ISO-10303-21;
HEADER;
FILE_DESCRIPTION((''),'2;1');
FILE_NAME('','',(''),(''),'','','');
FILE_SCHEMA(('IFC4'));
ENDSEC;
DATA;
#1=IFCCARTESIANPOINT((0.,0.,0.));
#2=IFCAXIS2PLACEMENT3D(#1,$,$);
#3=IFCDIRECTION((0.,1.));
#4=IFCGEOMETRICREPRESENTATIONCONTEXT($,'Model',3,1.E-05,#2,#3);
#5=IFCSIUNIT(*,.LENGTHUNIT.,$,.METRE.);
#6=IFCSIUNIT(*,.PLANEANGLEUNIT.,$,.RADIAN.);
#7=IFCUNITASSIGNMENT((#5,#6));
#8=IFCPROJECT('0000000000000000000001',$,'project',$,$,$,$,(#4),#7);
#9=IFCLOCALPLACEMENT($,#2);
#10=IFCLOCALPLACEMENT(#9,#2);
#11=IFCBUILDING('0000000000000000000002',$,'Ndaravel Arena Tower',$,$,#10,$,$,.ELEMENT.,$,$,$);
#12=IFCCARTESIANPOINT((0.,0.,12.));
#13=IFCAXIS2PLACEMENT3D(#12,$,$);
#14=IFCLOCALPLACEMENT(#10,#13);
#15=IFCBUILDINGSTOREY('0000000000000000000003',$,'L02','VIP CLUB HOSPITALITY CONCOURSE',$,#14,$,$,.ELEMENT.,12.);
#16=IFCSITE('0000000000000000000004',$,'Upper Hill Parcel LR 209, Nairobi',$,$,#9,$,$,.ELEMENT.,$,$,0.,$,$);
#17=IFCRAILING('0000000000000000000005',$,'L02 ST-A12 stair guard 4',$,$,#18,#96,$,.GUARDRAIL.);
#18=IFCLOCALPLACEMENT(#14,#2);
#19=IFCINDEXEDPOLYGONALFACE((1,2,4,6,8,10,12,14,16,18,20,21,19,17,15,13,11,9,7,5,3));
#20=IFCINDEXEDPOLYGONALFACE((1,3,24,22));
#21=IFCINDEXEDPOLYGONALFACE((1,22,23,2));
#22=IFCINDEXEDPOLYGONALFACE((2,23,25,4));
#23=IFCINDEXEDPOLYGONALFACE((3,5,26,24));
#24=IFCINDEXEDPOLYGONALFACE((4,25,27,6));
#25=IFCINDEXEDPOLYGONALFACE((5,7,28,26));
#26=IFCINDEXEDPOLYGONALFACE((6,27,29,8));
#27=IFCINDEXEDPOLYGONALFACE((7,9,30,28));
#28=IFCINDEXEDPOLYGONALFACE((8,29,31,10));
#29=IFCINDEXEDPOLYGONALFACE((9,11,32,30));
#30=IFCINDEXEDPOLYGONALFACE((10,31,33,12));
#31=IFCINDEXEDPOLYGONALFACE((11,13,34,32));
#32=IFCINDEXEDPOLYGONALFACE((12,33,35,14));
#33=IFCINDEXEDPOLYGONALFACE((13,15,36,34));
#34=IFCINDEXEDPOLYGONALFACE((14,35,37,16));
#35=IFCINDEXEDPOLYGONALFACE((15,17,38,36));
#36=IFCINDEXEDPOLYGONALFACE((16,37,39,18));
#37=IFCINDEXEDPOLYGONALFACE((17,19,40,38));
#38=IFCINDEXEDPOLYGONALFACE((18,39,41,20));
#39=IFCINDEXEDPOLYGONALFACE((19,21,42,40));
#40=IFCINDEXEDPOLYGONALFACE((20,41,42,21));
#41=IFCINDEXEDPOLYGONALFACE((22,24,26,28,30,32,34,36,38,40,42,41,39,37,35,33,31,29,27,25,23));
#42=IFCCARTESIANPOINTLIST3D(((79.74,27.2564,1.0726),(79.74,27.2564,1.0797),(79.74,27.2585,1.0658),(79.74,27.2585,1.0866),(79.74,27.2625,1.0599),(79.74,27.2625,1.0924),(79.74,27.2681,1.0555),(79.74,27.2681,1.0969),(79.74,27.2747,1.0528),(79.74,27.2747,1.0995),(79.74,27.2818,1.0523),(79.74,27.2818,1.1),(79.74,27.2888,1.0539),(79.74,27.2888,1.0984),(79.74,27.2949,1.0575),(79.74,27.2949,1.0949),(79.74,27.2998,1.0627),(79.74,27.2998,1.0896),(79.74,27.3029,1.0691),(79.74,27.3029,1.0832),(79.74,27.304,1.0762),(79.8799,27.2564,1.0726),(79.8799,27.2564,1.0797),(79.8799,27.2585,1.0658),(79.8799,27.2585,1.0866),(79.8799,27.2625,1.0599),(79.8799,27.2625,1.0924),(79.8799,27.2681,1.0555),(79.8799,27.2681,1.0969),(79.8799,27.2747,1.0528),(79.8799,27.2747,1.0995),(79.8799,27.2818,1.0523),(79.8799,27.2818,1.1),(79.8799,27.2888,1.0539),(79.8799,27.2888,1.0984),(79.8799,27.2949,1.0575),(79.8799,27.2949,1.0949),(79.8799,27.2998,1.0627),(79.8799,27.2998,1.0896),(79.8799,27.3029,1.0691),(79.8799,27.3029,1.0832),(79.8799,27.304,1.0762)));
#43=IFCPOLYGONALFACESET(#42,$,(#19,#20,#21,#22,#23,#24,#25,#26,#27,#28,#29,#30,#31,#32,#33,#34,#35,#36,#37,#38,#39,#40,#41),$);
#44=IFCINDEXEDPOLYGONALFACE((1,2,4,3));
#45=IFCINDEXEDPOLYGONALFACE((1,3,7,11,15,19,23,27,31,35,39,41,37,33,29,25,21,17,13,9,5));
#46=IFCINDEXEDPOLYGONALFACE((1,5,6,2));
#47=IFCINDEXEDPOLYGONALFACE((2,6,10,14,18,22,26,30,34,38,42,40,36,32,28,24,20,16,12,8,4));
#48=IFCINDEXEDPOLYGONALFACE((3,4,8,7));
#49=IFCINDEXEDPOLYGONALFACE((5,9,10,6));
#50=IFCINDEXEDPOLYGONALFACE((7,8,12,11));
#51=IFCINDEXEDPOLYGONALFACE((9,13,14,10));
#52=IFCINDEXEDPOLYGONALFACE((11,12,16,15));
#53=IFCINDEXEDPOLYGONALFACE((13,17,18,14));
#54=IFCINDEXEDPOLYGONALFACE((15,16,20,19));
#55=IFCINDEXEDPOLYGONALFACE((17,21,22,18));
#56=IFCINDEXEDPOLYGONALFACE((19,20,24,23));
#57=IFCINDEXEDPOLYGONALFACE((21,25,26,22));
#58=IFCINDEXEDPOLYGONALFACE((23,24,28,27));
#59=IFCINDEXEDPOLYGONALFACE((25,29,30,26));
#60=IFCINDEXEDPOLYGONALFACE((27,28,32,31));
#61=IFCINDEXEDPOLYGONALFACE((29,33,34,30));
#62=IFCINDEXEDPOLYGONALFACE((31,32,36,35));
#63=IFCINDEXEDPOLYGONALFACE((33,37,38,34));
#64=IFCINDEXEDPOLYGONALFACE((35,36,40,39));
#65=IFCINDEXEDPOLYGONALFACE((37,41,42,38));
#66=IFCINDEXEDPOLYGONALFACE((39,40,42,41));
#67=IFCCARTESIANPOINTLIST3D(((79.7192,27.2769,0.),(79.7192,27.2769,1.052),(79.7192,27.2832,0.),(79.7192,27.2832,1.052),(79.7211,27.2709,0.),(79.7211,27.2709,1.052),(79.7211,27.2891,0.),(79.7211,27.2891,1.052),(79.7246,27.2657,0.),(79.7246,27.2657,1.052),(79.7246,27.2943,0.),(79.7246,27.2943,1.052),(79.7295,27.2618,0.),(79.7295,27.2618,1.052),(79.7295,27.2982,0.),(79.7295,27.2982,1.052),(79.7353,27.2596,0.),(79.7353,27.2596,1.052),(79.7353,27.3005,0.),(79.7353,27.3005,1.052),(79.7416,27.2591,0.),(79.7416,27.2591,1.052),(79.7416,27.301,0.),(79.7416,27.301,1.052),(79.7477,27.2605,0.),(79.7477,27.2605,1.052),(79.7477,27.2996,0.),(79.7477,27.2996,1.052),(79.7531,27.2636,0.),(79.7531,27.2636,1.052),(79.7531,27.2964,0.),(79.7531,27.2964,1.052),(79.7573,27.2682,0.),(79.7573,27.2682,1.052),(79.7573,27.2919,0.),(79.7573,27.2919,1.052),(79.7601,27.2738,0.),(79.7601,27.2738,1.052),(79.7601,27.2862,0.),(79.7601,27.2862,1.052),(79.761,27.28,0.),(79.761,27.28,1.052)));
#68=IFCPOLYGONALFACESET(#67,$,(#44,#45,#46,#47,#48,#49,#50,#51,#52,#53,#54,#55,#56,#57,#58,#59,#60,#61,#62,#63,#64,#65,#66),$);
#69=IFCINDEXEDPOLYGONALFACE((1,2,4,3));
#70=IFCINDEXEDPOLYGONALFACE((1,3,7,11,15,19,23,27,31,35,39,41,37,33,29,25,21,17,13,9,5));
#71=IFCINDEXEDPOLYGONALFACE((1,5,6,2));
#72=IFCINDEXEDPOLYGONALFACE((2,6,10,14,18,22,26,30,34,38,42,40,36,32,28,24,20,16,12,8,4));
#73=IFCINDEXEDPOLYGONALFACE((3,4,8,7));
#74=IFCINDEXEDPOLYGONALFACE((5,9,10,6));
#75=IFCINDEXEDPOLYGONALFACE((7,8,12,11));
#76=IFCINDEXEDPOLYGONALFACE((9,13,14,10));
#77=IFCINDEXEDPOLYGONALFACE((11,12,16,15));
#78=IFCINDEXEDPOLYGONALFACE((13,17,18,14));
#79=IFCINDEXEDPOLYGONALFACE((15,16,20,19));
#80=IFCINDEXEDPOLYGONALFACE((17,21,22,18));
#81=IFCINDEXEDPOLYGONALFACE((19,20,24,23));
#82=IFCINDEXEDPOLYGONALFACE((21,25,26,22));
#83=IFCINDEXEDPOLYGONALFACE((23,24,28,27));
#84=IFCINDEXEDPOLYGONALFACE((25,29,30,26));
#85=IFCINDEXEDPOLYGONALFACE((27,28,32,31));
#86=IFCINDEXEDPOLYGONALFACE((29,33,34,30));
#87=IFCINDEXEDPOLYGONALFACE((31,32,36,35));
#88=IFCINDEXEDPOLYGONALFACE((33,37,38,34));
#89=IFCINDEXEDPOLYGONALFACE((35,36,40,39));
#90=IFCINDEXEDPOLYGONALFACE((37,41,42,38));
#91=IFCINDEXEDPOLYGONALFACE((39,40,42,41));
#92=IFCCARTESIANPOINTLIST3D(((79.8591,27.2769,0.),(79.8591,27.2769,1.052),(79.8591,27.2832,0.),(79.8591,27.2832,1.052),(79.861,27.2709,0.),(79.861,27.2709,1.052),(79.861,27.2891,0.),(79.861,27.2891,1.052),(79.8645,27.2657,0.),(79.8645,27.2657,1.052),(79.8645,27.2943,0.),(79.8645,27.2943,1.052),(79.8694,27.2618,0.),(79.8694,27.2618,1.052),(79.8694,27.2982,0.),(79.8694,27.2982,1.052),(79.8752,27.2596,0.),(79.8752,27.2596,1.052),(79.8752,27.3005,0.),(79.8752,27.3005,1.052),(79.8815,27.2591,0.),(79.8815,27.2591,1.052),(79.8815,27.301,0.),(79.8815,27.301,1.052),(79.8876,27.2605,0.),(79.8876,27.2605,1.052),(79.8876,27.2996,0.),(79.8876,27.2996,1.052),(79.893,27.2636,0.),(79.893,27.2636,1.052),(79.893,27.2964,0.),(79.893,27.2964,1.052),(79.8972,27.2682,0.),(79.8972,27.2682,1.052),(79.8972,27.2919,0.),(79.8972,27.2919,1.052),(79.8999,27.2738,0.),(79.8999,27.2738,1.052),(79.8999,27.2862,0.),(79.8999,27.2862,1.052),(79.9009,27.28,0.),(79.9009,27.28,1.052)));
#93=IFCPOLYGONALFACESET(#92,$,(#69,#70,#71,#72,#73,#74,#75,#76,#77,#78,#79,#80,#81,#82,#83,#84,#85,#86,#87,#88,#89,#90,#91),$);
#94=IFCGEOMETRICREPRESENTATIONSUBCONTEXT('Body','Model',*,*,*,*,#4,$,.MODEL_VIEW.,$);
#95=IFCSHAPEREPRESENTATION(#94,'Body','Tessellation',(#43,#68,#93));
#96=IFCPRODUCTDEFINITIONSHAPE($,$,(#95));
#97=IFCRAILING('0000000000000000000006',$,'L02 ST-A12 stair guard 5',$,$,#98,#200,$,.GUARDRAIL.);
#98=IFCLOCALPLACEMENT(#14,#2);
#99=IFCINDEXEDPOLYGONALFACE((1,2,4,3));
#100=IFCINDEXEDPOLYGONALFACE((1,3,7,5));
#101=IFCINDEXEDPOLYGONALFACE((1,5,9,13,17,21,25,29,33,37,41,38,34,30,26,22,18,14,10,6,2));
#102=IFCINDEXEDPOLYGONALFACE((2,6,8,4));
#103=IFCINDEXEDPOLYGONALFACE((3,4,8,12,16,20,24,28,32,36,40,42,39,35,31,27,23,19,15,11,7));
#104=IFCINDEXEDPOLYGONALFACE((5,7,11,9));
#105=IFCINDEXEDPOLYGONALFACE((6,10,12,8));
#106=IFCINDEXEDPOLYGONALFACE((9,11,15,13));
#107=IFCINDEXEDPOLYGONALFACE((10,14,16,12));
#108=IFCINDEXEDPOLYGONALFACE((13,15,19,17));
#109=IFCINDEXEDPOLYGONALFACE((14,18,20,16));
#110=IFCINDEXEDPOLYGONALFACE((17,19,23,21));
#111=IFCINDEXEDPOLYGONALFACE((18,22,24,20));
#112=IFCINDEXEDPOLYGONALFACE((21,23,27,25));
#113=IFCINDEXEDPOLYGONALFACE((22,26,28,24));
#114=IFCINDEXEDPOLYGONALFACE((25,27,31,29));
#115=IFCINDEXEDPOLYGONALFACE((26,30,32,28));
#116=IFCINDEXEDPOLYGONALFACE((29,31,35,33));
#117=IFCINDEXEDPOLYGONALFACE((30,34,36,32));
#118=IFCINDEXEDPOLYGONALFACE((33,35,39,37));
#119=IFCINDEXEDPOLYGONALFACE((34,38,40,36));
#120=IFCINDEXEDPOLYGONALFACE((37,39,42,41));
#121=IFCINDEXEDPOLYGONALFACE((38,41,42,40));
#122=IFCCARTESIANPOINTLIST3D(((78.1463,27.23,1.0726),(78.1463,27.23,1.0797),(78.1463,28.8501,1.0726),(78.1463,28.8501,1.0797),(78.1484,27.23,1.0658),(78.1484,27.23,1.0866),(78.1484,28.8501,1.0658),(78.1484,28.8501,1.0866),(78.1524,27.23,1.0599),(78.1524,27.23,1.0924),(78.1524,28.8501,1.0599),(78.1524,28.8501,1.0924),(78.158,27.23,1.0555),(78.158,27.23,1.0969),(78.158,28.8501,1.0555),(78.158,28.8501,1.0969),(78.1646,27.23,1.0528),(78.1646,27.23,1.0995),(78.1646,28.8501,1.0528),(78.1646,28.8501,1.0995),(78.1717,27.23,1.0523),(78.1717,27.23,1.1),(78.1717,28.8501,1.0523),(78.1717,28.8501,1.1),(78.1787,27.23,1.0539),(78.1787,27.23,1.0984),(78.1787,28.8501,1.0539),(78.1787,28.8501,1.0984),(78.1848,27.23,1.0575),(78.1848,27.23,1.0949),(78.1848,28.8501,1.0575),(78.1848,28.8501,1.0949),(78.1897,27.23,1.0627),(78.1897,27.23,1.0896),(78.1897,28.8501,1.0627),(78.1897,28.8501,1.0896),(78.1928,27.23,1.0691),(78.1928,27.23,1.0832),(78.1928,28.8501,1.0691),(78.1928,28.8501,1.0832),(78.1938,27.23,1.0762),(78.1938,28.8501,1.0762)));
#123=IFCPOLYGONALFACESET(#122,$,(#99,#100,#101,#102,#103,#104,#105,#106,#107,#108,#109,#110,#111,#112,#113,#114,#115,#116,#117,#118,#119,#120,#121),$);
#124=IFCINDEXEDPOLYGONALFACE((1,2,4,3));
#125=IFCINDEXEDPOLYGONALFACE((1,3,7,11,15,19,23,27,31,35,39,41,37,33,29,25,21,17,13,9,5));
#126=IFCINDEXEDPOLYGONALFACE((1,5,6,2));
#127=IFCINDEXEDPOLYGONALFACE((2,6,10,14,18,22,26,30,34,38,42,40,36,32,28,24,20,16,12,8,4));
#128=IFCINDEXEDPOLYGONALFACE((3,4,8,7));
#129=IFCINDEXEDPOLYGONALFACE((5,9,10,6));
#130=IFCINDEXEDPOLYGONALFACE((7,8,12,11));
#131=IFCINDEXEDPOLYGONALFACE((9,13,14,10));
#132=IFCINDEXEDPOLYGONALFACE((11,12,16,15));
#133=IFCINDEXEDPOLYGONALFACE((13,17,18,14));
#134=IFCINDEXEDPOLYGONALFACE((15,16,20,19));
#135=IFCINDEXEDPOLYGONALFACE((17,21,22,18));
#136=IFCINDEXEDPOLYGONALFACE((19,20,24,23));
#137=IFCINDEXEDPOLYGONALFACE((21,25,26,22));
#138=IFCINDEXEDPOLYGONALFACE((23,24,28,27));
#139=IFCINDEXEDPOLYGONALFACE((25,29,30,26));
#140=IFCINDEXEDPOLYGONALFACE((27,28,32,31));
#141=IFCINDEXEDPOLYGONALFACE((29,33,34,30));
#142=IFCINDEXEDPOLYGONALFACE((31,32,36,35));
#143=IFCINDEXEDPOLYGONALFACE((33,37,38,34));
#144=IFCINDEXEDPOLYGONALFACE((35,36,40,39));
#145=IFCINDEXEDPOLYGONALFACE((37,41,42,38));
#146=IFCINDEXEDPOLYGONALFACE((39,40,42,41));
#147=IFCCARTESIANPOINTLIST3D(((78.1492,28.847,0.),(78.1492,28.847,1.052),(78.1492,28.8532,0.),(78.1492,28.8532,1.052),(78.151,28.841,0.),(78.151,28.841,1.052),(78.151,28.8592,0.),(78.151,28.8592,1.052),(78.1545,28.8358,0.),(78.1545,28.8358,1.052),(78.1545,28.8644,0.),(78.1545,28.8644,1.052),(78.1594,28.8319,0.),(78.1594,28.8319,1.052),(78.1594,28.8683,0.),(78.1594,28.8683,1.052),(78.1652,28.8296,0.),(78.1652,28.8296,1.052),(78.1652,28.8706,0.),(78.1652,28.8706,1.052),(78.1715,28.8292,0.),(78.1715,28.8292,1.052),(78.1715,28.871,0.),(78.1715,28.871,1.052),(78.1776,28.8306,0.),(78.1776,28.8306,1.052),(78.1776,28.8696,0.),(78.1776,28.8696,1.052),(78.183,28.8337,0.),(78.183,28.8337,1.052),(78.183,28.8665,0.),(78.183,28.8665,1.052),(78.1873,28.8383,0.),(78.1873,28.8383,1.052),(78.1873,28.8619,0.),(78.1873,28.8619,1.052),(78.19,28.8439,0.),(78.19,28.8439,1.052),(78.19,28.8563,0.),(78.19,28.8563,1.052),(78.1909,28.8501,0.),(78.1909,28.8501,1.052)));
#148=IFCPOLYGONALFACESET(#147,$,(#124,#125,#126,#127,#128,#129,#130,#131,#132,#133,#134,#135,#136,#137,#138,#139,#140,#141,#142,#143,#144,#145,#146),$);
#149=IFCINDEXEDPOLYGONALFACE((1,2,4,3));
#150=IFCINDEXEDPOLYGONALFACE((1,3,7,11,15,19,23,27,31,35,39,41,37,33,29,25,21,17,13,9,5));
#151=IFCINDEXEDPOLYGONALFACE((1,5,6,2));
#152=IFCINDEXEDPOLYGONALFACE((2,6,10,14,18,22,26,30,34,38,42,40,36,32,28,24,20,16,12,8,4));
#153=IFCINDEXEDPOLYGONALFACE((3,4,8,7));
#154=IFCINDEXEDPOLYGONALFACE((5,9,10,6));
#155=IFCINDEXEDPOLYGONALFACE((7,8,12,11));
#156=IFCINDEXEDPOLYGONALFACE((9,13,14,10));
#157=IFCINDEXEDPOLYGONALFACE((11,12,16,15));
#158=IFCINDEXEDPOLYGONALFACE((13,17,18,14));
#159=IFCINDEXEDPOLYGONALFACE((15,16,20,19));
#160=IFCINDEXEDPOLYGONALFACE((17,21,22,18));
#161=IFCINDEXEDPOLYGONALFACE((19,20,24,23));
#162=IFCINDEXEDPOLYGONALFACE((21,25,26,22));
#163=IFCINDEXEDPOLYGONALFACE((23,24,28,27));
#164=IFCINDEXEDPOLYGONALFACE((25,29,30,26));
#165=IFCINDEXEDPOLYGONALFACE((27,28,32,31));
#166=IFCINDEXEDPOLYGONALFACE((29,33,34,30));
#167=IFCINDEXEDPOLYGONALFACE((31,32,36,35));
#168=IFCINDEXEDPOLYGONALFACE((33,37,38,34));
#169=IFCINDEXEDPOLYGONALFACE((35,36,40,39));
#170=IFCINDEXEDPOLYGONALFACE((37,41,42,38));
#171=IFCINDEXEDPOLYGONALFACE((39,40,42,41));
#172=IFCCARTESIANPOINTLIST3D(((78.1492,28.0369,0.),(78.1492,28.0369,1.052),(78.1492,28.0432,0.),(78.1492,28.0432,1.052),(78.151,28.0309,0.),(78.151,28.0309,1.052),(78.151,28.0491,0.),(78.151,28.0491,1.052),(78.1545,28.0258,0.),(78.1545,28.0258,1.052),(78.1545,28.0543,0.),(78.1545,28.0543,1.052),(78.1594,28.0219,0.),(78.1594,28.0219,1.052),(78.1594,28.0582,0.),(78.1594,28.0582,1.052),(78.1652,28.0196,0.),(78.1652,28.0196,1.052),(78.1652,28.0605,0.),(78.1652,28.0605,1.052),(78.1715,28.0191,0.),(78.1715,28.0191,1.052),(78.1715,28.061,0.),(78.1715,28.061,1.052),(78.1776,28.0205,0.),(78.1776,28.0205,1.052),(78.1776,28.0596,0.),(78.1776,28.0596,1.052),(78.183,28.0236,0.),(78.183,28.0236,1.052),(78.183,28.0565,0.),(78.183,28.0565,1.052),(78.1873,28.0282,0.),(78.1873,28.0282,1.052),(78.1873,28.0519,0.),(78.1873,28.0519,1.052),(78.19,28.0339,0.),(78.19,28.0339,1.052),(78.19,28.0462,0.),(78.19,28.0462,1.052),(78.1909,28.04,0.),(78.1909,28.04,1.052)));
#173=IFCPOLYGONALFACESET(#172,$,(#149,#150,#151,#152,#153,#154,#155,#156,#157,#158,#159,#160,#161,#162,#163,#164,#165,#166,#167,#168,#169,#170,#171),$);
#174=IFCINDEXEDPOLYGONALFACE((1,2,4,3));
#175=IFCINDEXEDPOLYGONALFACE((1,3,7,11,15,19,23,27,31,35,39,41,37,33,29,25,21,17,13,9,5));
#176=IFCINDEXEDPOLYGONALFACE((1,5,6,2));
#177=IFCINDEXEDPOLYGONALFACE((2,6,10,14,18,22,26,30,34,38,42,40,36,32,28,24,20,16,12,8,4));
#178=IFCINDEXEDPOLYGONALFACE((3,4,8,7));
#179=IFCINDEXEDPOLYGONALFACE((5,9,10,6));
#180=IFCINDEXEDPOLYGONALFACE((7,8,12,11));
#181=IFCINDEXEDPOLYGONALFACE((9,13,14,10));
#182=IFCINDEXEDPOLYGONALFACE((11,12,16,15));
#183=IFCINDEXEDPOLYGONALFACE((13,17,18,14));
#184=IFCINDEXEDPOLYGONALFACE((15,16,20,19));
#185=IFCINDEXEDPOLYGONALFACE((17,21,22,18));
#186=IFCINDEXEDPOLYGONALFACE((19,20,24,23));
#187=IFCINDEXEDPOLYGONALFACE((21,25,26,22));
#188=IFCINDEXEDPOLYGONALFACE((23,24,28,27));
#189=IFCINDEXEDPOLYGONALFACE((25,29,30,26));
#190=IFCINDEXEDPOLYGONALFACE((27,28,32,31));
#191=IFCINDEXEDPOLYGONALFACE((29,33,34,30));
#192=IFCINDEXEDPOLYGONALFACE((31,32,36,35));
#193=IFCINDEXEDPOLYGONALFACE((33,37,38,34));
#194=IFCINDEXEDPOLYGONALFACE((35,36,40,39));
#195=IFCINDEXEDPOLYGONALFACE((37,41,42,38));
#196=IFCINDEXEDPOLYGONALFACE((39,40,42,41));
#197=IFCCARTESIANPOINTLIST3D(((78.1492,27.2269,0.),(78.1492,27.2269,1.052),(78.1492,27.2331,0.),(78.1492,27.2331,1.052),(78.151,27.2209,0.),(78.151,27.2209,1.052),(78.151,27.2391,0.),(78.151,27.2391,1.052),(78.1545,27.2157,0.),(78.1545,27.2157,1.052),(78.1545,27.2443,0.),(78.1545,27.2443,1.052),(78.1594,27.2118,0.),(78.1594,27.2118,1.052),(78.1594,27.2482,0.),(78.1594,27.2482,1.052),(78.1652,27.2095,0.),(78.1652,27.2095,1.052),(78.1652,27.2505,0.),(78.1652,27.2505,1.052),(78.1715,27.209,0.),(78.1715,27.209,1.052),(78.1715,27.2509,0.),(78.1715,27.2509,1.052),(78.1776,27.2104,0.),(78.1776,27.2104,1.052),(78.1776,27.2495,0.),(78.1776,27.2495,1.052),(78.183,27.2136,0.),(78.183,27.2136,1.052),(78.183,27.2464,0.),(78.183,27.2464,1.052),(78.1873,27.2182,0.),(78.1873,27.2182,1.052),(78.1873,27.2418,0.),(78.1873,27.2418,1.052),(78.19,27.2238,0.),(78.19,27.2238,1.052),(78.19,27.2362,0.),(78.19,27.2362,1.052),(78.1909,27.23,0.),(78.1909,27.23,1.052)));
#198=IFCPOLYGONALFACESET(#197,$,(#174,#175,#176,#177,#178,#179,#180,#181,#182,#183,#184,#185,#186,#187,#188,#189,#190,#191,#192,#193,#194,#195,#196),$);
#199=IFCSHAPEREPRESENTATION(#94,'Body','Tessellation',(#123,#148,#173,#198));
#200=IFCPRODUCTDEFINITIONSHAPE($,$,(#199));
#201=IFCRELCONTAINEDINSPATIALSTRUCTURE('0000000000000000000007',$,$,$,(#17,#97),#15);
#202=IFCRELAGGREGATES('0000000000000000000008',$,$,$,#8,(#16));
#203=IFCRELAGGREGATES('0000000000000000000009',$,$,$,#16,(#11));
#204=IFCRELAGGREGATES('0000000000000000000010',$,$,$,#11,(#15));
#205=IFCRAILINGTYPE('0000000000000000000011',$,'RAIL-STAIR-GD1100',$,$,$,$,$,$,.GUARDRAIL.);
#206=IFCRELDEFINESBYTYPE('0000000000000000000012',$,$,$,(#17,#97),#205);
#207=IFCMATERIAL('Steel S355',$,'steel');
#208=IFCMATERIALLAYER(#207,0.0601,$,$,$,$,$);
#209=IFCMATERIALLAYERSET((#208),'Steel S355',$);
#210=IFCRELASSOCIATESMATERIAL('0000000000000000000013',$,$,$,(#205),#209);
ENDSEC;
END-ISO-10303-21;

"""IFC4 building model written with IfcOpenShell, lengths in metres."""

from ifc_helpers import new_model, si_unit, direction, frame, origin, origin_2d, place, context, subcontext, project, spatial, circle, extrude, material, layer, layer_set, type_object, element, save


model = new_model("IFC4")

# Units and contexts
model_context = context("Model", 3, precision=1e-05, world=origin(), true_north=direction((0.0, 1.0)))
body_context = subcontext(model_context, "Body", "Model", "MODEL_VIEW")
ifc_project = project(units=[si_unit("LENGTHUNIT", "METRE"), si_unit("PLANEANGLEUNIT", "RADIAN")], contexts=[model_context])

# Site, building, storey
site_placement = place(None, origin())
site = spatial("IfcSite", under=ifc_project, at=site_placement, Name="Upper Hill Parcel LR 209, Nairobi", CompositionType="ELEMENT", RefElevation=0.0)
building_placement = place(site_placement, origin())
building = spatial("IfcBuilding", under=site, at=building_placement, Name="Ndaravel Arena Tower", CompositionType="ELEMENT")
storey_placement = place(building_placement, frame((0.0, 0.0, 12.0)))
storey = spatial("IfcBuildingStorey", under=building, at=storey_placement, Name="L02", Description="VIP CLUB HOSPITALITY CONCOURSE", CompositionType="ELEMENT", Elevation=12.0)

# Railings
ifc_material_1 = material(Name="Steel S355", Category="steel")
ifc_layer_1 = layer(ifc_material_1, 0.0601)
ifc_layer_set_1 = layer_set([ifc_layer_1], Name="Steel S355")
railing_type_1 = type_object("IfcRailingType", Name="RAIL-STAIR-GD1100", PredefinedType="GUARDRAIL", material=ifc_layer_set_1)
railing_1_placement = place(storey_placement, frame((79.74, 27.28, 0.0)))
element("IfcRailing", 1, at=railing_1_placement, inside=storey, type_object=railing_type_1, Name="L02 ST-A12 stair guard 4", PredefinedType="GUARDRAIL", context=body_context, shape_type="SweptSolid", body=[
    extrude(circle(Radius=0.0239, at=origin_2d()), frame((0.0, 0.0, 1.0762), z_axis=(1.0, 0.0, 0.0), x_axis=(0.0, 1.0, 0.0)), (0.0, 0.0, 1.0), 0.1399),
    extrude(circle(Radius=0.021, at=origin_2d()), origin(), (0.0, 0.0, 1.0), 1.052),
    extrude(circle(Radius=0.021, at=origin_2d()), frame((0.1399, 0.0, 0.0)), (0.0, 0.0, 1.0), 1.052),
])
for number, where, name in (
    (2, (78.1699, 28.8501, 0.0), "L02 ST-A12 stair guard 5"),
):
    element("IfcRailing", number, at=place(storey_placement, frame(where)), inside=storey, type_object=railing_type_1, Name=name, PredefinedType="GUARDRAIL", context=body_context, shape_type="SweptSolid", body=[
        extrude(circle(Radius=0.0239, at=origin_2d()), frame((0.0, 0.0, 1.0762), z_axis=(0.0, -1.0, 0.0), x_axis=(1.0, 0.0, 0.0)), (0.0, 0.0, 1.0), 1.6201),
        extrude(circle(Radius=0.021, at=origin_2d()), origin(), (0.0, 0.0, 1.0), 1.052),
        extrude(circle(Radius=0.021, at=origin_2d()), frame((0.0, -0.8101, 0.0)), (0.0, 0.0, 1.0), 1.052),
        extrude(circle(Radius=0.021, at=origin_2d()), frame((0.0, -1.6201, 0.0)), (0.0, 0.0, 1.0), 1.052),
    ])

save(model, "model.ifc")
